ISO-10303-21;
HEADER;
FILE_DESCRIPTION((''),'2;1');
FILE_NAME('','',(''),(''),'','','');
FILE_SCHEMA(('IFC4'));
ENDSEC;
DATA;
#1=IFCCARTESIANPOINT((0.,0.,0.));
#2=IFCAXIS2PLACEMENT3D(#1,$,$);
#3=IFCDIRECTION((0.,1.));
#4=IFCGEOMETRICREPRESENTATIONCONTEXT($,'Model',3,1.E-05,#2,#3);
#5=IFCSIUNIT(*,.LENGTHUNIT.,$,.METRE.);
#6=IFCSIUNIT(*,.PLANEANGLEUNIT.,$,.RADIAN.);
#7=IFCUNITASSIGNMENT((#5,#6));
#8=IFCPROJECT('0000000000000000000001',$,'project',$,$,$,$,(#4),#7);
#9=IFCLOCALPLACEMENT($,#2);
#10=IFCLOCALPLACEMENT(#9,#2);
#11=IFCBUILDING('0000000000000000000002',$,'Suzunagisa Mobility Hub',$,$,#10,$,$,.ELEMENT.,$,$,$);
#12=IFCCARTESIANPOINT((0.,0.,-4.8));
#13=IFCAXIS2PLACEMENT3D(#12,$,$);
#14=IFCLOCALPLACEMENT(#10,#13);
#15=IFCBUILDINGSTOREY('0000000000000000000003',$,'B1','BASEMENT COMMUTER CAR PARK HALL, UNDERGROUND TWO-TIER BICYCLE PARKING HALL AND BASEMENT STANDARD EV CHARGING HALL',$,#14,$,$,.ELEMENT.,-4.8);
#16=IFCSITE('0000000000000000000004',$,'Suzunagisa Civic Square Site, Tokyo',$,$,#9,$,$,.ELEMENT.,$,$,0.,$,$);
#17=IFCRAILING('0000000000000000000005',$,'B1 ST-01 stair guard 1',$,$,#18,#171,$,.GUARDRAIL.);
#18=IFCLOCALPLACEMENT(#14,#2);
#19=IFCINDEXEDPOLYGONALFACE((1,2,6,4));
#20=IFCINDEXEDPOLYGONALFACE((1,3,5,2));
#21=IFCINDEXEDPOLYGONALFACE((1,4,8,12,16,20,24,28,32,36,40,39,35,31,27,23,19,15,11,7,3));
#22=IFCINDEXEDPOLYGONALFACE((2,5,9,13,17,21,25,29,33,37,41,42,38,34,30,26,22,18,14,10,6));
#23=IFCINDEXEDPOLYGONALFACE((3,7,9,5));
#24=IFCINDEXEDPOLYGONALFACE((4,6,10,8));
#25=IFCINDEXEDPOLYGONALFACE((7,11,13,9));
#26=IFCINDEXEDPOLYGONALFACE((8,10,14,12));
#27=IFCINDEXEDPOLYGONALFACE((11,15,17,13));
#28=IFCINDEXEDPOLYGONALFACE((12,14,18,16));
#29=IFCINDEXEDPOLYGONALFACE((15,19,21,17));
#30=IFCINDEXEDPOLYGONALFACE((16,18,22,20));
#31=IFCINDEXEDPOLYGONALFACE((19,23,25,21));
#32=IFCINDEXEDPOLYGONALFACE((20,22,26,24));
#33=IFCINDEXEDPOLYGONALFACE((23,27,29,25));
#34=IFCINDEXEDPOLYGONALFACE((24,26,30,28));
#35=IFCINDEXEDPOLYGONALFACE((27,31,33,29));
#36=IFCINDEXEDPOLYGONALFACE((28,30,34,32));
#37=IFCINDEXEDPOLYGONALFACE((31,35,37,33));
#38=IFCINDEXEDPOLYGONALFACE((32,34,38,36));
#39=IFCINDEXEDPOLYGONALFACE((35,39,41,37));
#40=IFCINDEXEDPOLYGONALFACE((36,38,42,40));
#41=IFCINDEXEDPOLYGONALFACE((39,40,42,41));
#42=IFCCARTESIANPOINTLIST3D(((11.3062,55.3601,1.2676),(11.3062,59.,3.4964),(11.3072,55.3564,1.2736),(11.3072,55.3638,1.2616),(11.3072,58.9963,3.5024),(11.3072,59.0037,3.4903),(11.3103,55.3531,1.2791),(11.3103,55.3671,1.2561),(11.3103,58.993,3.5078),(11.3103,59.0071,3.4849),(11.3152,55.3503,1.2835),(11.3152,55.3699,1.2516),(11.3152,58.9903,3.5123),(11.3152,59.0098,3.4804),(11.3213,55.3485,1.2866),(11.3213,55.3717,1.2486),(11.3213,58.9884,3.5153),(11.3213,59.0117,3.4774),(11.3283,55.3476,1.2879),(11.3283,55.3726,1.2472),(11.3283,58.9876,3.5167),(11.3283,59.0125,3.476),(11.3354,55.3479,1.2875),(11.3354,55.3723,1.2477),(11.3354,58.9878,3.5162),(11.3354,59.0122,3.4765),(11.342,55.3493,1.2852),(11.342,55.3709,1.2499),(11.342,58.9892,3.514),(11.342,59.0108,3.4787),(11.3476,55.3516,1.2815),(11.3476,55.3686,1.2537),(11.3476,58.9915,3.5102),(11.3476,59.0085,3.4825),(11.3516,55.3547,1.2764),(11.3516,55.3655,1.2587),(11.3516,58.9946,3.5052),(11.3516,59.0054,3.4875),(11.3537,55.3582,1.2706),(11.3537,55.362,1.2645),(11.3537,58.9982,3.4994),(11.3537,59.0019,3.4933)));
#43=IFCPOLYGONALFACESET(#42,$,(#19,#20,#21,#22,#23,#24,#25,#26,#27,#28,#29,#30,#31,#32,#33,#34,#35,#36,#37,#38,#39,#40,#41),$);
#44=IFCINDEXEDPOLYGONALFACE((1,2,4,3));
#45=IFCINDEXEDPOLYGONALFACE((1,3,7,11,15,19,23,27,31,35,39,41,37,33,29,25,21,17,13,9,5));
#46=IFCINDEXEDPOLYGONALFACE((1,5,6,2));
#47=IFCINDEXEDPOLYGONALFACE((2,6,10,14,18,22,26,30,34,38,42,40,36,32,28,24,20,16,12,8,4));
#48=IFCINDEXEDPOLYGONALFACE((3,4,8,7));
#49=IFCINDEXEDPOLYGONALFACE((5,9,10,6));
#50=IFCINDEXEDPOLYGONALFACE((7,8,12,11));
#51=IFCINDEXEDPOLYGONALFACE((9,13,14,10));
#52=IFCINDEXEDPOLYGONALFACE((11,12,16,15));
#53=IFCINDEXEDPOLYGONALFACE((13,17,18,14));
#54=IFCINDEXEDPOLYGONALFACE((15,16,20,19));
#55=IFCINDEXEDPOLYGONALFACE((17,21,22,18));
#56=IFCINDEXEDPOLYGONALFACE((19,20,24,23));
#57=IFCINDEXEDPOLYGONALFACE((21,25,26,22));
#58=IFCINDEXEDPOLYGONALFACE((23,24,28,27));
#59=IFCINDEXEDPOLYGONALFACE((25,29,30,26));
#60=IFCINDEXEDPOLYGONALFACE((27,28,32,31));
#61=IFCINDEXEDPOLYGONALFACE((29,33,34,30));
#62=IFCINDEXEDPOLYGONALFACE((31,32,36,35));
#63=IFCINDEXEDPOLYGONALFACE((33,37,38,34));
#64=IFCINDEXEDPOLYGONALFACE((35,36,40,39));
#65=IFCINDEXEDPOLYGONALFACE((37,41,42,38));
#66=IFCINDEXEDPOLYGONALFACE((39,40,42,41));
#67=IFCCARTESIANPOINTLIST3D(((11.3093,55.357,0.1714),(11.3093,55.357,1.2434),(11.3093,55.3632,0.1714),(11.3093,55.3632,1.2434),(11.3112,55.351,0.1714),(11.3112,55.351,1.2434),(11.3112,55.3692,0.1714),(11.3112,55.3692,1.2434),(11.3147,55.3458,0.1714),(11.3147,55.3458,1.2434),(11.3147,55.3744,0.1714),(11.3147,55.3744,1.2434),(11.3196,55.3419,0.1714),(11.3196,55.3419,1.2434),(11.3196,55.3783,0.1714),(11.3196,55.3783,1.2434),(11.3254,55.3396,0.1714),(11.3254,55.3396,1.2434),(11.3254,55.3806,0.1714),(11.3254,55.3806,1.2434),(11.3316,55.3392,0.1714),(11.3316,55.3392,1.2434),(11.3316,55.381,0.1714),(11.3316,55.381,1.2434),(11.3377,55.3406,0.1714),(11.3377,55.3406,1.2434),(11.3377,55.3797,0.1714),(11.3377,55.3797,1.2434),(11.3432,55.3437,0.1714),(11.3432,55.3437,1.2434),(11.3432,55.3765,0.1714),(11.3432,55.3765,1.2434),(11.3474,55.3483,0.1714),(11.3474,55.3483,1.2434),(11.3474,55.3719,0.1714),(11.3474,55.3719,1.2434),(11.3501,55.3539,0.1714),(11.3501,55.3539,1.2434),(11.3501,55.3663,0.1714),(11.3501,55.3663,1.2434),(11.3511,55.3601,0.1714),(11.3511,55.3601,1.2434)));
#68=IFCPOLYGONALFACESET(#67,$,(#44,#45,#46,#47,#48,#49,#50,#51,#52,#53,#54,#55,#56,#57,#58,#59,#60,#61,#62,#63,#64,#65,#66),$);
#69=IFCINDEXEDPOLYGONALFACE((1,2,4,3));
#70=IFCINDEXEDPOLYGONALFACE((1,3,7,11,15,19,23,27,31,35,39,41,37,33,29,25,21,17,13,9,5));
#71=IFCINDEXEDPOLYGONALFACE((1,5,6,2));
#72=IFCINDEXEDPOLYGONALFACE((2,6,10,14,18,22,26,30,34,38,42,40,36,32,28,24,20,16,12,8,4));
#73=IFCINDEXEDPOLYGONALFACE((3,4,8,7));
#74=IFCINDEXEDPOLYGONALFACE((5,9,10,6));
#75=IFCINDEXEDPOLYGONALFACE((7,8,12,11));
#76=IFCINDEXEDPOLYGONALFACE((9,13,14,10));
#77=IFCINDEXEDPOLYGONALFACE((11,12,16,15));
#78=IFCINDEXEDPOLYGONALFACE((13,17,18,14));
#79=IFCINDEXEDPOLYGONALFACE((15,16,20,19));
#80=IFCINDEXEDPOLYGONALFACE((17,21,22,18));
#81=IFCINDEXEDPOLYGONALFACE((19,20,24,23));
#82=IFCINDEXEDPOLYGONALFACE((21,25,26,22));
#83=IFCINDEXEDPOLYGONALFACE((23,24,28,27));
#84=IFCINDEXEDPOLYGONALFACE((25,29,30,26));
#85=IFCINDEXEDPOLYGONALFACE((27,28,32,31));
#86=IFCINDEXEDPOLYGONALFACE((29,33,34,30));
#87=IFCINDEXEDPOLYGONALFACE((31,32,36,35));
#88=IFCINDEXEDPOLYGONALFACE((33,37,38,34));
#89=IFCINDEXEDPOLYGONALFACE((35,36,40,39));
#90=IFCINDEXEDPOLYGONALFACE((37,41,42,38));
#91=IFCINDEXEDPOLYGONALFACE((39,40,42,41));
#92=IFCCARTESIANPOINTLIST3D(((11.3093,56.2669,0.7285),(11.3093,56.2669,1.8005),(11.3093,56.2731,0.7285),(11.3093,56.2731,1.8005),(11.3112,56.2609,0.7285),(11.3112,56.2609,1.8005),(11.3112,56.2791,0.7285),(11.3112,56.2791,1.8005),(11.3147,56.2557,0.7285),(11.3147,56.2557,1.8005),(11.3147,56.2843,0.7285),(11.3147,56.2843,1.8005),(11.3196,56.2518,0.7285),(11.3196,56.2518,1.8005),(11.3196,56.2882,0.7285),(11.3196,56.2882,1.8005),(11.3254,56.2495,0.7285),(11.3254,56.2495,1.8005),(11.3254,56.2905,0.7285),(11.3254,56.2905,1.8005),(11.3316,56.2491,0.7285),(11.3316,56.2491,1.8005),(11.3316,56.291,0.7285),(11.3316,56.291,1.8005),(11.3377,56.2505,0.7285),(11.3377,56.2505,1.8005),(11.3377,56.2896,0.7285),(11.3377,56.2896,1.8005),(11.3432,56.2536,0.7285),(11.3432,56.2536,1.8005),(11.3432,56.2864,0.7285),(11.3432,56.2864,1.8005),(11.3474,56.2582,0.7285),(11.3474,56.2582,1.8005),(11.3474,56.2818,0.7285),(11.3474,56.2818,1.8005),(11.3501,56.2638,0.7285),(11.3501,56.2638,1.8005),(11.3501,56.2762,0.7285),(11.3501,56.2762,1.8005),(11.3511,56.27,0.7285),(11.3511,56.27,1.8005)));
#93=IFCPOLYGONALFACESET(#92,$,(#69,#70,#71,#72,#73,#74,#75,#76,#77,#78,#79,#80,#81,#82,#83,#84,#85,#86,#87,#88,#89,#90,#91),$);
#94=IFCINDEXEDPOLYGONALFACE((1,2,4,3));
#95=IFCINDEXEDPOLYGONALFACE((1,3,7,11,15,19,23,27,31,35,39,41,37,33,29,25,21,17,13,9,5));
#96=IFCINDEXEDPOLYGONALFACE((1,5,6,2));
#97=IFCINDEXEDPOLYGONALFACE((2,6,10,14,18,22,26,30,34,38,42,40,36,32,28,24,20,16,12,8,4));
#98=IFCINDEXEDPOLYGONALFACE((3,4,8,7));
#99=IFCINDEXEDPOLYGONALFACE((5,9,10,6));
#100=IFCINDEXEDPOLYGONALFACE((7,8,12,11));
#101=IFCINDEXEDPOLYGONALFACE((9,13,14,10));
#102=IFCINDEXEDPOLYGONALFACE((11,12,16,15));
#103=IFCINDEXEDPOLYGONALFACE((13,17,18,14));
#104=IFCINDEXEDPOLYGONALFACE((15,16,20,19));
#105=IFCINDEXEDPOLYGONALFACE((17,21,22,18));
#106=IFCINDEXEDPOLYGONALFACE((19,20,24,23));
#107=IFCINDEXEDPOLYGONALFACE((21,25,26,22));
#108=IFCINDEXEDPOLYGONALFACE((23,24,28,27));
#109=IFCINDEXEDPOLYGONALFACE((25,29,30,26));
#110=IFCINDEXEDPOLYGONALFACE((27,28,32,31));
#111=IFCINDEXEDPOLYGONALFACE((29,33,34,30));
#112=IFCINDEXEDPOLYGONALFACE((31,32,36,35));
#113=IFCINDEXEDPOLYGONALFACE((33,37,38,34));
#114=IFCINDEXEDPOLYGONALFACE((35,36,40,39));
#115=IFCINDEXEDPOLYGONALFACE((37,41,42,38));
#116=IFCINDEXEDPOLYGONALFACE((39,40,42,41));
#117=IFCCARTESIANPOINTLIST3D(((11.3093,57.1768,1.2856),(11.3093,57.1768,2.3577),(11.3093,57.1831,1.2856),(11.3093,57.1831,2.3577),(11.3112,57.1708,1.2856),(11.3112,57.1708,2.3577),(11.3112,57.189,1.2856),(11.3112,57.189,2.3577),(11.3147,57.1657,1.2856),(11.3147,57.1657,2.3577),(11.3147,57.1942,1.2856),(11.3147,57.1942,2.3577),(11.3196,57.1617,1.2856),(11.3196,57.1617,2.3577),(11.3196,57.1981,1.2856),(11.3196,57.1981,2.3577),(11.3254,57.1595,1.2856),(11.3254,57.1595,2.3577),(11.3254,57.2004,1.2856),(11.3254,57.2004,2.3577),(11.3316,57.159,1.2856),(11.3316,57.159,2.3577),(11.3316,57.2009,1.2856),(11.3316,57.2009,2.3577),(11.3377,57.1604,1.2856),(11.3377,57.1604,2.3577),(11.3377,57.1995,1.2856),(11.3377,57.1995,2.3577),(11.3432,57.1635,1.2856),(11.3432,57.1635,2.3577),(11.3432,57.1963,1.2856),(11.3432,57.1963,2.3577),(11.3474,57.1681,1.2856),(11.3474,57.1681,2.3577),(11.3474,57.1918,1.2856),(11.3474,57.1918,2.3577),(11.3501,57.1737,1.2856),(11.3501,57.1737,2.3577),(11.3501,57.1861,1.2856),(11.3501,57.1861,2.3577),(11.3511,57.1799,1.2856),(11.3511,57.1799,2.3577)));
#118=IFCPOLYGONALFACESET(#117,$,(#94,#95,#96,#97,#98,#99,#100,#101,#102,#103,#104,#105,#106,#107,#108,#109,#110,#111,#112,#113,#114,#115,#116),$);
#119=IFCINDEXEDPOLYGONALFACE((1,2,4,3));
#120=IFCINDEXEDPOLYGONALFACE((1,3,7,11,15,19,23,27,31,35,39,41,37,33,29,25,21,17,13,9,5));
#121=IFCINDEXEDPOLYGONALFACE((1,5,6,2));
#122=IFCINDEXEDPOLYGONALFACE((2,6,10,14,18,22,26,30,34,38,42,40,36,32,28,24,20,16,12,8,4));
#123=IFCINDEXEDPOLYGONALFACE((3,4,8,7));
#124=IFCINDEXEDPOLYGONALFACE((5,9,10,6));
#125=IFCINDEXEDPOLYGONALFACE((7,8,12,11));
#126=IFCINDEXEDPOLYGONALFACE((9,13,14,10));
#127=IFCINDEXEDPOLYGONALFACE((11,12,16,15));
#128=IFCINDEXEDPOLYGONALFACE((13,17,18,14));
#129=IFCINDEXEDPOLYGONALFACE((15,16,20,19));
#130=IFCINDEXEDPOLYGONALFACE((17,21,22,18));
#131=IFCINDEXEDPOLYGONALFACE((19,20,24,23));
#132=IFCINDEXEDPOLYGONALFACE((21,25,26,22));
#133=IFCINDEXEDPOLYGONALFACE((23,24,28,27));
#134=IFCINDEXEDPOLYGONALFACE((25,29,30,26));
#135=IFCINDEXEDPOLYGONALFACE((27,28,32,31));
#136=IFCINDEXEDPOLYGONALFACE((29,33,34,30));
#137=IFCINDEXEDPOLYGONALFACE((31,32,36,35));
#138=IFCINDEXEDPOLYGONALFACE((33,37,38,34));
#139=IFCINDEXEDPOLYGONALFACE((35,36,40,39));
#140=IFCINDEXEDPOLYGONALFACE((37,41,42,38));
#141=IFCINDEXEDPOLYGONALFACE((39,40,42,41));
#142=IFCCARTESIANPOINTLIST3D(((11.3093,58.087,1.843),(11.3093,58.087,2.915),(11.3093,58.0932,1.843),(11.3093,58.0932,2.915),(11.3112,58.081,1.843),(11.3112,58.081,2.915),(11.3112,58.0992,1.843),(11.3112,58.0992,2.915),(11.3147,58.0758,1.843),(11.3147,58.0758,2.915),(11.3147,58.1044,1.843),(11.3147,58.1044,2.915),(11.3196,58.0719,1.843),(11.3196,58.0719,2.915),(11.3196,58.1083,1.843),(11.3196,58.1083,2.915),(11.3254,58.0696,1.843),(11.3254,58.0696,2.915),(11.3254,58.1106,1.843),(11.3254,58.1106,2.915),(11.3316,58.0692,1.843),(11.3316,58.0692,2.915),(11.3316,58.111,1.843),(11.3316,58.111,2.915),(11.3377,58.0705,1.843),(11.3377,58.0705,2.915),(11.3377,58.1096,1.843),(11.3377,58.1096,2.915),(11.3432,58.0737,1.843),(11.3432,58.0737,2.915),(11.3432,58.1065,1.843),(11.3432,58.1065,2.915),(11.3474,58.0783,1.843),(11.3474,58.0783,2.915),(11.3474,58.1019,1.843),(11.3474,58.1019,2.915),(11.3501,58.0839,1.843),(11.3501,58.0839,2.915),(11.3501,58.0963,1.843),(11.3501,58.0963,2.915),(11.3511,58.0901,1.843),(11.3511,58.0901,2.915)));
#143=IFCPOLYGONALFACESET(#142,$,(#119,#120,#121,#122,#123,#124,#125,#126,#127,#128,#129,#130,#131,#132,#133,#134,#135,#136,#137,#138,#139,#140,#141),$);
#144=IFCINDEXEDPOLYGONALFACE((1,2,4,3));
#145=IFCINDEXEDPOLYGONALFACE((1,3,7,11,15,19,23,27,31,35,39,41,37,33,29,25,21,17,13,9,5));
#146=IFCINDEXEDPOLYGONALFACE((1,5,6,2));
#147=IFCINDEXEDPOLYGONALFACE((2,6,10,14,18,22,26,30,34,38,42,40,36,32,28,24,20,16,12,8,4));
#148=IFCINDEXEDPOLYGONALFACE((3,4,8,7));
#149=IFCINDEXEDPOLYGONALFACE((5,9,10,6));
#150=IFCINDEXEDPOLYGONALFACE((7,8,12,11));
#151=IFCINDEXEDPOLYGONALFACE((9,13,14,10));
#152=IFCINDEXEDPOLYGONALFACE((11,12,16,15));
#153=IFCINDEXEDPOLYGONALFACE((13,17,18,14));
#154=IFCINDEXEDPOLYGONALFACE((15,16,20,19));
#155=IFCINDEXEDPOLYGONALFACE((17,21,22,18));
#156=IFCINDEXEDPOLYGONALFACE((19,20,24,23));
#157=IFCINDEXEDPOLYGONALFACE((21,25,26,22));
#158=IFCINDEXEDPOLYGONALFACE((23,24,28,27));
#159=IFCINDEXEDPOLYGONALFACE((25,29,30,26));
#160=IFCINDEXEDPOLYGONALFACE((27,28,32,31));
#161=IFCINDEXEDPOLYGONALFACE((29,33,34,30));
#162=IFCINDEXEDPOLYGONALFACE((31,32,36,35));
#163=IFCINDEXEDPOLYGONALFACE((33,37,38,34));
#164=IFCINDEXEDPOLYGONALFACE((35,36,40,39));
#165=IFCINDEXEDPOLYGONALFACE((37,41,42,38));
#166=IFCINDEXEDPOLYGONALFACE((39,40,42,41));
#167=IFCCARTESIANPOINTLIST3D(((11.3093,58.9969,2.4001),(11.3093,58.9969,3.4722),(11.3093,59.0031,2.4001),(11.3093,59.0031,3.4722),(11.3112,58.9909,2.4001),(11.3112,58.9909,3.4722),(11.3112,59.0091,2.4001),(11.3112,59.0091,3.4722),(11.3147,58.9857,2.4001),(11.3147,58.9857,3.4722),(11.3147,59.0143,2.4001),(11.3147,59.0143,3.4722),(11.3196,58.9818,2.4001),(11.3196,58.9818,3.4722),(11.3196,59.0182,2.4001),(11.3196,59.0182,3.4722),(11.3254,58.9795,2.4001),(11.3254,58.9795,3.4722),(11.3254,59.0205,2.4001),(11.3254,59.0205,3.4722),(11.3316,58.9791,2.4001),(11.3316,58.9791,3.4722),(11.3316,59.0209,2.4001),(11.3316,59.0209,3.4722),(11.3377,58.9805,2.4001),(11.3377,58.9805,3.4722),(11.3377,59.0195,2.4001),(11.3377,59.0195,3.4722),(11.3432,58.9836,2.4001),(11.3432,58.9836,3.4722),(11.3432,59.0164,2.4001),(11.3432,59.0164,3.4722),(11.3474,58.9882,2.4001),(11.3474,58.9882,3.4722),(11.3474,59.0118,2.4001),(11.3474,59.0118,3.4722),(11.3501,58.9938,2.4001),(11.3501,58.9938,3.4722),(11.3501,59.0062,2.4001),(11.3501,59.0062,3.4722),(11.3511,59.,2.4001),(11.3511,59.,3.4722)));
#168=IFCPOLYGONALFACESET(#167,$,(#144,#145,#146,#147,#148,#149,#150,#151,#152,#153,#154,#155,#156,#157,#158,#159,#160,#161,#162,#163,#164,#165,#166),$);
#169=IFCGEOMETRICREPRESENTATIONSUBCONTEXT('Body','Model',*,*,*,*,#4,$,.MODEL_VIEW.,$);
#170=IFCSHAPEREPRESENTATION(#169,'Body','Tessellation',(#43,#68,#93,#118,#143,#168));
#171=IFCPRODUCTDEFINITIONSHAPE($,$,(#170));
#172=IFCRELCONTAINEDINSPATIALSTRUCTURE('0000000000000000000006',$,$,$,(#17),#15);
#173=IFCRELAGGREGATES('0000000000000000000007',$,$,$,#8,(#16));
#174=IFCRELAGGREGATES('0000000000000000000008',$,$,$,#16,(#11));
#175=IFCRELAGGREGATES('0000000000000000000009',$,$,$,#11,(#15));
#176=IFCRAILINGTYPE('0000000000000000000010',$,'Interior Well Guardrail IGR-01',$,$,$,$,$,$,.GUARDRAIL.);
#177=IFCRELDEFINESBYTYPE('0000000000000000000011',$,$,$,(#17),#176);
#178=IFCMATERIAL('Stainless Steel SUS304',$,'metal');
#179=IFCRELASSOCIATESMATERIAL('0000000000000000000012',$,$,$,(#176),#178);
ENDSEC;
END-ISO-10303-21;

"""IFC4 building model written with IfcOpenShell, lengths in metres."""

from ifc_helpers import new_model, si_unit, direction, frame, origin, origin_2d, place, context, subcontext, project, spatial, circle, extrude, material, type_object, element, save


model = new_model("IFC4")

# Units and contexts
model_context = context("Model", 3, precision=1e-05, world=origin(), true_north=direction((0.0, 1.0)))
body_context = subcontext(model_context, "Body", "Model", "MODEL_VIEW")
ifc_project = project(units=[si_unit("LENGTHUNIT", "METRE"), si_unit("PLANEANGLEUNIT", "RADIAN")], contexts=[model_context])

# Site, building, storey
site_placement = place(None, origin())
site = spatial("IfcSite", under=ifc_project, at=site_placement, Name="Suzunagisa Civic Square Site, Tokyo", CompositionType="ELEMENT", RefElevation=0.0)
building_placement = place(site_placement, origin())
building = spatial("IfcBuilding", under=site, at=building_placement, Name="Suzunagisa Mobility Hub", CompositionType="ELEMENT")
storey_placement = place(building_placement, frame((0.0, 0.0, -4.8)))
storey = spatial("IfcBuildingStorey", under=building, at=storey_placement, Name="B1", Description="BASEMENT COMMUTER CAR PARK HALL, UNDERGROUND TWO-TIER BICYCLE PARKING HALL AND BASEMENT STANDARD EV CHARGING HALL", CompositionType="ELEMENT", Elevation=-4.8)

# Railing
ifc_material_1 = material(Name="Stainless Steel SUS304", Category="metal")
railing_type = type_object("IfcRailingType", Name="Interior Well Guardrail IGR-01", PredefinedType="GUARDRAIL", material=ifc_material_1)
railing_1_placement = place(storey_placement, frame((11.3301, 55.3601, 0.1714)))
element("IfcRailing", 1, at=railing_1_placement, inside=storey, type_object=railing_type, Name="B1 ST-01 stair guard 1", PredefinedType="GUARDRAIL", context=body_context, shape_type="SweptSolid", body=[
    extrude(circle(Radius=0.0239, at=origin_2d()), frame((0.0, 0.0, 1.0962), z_axis=(0.0, 0.852825, 0.522197), x_axis=(-1.0, 0.0, 0.0)), (0.0, 0.0, 1.0), 4.2681),
    extrude(circle(Radius=0.021, at=origin_2d()), origin(), (0.0, 0.0, 1.0), 1.072),
    extrude(circle(Radius=0.021, at=origin_2d()), frame((0.0, 0.9099, 0.5571)), (0.0, 0.0, 1.0), 1.072),
    extrude(circle(Radius=0.021, at=origin_2d()), frame((0.0, 1.8198, 1.1143)), (0.0, 0.0, 1.0), 1.072),
    extrude(circle(Radius=0.021, at=origin_2d()), frame((0.0, 2.73, 1.6716)), (0.0, 0.0, 1.0), 1.072),
    extrude(circle(Radius=0.021, at=origin_2d()), frame((0.0, 3.6399, 2.2288)), (0.0, 0.0, 1.0), 1.072),
])

save(model, "model.ifc")
